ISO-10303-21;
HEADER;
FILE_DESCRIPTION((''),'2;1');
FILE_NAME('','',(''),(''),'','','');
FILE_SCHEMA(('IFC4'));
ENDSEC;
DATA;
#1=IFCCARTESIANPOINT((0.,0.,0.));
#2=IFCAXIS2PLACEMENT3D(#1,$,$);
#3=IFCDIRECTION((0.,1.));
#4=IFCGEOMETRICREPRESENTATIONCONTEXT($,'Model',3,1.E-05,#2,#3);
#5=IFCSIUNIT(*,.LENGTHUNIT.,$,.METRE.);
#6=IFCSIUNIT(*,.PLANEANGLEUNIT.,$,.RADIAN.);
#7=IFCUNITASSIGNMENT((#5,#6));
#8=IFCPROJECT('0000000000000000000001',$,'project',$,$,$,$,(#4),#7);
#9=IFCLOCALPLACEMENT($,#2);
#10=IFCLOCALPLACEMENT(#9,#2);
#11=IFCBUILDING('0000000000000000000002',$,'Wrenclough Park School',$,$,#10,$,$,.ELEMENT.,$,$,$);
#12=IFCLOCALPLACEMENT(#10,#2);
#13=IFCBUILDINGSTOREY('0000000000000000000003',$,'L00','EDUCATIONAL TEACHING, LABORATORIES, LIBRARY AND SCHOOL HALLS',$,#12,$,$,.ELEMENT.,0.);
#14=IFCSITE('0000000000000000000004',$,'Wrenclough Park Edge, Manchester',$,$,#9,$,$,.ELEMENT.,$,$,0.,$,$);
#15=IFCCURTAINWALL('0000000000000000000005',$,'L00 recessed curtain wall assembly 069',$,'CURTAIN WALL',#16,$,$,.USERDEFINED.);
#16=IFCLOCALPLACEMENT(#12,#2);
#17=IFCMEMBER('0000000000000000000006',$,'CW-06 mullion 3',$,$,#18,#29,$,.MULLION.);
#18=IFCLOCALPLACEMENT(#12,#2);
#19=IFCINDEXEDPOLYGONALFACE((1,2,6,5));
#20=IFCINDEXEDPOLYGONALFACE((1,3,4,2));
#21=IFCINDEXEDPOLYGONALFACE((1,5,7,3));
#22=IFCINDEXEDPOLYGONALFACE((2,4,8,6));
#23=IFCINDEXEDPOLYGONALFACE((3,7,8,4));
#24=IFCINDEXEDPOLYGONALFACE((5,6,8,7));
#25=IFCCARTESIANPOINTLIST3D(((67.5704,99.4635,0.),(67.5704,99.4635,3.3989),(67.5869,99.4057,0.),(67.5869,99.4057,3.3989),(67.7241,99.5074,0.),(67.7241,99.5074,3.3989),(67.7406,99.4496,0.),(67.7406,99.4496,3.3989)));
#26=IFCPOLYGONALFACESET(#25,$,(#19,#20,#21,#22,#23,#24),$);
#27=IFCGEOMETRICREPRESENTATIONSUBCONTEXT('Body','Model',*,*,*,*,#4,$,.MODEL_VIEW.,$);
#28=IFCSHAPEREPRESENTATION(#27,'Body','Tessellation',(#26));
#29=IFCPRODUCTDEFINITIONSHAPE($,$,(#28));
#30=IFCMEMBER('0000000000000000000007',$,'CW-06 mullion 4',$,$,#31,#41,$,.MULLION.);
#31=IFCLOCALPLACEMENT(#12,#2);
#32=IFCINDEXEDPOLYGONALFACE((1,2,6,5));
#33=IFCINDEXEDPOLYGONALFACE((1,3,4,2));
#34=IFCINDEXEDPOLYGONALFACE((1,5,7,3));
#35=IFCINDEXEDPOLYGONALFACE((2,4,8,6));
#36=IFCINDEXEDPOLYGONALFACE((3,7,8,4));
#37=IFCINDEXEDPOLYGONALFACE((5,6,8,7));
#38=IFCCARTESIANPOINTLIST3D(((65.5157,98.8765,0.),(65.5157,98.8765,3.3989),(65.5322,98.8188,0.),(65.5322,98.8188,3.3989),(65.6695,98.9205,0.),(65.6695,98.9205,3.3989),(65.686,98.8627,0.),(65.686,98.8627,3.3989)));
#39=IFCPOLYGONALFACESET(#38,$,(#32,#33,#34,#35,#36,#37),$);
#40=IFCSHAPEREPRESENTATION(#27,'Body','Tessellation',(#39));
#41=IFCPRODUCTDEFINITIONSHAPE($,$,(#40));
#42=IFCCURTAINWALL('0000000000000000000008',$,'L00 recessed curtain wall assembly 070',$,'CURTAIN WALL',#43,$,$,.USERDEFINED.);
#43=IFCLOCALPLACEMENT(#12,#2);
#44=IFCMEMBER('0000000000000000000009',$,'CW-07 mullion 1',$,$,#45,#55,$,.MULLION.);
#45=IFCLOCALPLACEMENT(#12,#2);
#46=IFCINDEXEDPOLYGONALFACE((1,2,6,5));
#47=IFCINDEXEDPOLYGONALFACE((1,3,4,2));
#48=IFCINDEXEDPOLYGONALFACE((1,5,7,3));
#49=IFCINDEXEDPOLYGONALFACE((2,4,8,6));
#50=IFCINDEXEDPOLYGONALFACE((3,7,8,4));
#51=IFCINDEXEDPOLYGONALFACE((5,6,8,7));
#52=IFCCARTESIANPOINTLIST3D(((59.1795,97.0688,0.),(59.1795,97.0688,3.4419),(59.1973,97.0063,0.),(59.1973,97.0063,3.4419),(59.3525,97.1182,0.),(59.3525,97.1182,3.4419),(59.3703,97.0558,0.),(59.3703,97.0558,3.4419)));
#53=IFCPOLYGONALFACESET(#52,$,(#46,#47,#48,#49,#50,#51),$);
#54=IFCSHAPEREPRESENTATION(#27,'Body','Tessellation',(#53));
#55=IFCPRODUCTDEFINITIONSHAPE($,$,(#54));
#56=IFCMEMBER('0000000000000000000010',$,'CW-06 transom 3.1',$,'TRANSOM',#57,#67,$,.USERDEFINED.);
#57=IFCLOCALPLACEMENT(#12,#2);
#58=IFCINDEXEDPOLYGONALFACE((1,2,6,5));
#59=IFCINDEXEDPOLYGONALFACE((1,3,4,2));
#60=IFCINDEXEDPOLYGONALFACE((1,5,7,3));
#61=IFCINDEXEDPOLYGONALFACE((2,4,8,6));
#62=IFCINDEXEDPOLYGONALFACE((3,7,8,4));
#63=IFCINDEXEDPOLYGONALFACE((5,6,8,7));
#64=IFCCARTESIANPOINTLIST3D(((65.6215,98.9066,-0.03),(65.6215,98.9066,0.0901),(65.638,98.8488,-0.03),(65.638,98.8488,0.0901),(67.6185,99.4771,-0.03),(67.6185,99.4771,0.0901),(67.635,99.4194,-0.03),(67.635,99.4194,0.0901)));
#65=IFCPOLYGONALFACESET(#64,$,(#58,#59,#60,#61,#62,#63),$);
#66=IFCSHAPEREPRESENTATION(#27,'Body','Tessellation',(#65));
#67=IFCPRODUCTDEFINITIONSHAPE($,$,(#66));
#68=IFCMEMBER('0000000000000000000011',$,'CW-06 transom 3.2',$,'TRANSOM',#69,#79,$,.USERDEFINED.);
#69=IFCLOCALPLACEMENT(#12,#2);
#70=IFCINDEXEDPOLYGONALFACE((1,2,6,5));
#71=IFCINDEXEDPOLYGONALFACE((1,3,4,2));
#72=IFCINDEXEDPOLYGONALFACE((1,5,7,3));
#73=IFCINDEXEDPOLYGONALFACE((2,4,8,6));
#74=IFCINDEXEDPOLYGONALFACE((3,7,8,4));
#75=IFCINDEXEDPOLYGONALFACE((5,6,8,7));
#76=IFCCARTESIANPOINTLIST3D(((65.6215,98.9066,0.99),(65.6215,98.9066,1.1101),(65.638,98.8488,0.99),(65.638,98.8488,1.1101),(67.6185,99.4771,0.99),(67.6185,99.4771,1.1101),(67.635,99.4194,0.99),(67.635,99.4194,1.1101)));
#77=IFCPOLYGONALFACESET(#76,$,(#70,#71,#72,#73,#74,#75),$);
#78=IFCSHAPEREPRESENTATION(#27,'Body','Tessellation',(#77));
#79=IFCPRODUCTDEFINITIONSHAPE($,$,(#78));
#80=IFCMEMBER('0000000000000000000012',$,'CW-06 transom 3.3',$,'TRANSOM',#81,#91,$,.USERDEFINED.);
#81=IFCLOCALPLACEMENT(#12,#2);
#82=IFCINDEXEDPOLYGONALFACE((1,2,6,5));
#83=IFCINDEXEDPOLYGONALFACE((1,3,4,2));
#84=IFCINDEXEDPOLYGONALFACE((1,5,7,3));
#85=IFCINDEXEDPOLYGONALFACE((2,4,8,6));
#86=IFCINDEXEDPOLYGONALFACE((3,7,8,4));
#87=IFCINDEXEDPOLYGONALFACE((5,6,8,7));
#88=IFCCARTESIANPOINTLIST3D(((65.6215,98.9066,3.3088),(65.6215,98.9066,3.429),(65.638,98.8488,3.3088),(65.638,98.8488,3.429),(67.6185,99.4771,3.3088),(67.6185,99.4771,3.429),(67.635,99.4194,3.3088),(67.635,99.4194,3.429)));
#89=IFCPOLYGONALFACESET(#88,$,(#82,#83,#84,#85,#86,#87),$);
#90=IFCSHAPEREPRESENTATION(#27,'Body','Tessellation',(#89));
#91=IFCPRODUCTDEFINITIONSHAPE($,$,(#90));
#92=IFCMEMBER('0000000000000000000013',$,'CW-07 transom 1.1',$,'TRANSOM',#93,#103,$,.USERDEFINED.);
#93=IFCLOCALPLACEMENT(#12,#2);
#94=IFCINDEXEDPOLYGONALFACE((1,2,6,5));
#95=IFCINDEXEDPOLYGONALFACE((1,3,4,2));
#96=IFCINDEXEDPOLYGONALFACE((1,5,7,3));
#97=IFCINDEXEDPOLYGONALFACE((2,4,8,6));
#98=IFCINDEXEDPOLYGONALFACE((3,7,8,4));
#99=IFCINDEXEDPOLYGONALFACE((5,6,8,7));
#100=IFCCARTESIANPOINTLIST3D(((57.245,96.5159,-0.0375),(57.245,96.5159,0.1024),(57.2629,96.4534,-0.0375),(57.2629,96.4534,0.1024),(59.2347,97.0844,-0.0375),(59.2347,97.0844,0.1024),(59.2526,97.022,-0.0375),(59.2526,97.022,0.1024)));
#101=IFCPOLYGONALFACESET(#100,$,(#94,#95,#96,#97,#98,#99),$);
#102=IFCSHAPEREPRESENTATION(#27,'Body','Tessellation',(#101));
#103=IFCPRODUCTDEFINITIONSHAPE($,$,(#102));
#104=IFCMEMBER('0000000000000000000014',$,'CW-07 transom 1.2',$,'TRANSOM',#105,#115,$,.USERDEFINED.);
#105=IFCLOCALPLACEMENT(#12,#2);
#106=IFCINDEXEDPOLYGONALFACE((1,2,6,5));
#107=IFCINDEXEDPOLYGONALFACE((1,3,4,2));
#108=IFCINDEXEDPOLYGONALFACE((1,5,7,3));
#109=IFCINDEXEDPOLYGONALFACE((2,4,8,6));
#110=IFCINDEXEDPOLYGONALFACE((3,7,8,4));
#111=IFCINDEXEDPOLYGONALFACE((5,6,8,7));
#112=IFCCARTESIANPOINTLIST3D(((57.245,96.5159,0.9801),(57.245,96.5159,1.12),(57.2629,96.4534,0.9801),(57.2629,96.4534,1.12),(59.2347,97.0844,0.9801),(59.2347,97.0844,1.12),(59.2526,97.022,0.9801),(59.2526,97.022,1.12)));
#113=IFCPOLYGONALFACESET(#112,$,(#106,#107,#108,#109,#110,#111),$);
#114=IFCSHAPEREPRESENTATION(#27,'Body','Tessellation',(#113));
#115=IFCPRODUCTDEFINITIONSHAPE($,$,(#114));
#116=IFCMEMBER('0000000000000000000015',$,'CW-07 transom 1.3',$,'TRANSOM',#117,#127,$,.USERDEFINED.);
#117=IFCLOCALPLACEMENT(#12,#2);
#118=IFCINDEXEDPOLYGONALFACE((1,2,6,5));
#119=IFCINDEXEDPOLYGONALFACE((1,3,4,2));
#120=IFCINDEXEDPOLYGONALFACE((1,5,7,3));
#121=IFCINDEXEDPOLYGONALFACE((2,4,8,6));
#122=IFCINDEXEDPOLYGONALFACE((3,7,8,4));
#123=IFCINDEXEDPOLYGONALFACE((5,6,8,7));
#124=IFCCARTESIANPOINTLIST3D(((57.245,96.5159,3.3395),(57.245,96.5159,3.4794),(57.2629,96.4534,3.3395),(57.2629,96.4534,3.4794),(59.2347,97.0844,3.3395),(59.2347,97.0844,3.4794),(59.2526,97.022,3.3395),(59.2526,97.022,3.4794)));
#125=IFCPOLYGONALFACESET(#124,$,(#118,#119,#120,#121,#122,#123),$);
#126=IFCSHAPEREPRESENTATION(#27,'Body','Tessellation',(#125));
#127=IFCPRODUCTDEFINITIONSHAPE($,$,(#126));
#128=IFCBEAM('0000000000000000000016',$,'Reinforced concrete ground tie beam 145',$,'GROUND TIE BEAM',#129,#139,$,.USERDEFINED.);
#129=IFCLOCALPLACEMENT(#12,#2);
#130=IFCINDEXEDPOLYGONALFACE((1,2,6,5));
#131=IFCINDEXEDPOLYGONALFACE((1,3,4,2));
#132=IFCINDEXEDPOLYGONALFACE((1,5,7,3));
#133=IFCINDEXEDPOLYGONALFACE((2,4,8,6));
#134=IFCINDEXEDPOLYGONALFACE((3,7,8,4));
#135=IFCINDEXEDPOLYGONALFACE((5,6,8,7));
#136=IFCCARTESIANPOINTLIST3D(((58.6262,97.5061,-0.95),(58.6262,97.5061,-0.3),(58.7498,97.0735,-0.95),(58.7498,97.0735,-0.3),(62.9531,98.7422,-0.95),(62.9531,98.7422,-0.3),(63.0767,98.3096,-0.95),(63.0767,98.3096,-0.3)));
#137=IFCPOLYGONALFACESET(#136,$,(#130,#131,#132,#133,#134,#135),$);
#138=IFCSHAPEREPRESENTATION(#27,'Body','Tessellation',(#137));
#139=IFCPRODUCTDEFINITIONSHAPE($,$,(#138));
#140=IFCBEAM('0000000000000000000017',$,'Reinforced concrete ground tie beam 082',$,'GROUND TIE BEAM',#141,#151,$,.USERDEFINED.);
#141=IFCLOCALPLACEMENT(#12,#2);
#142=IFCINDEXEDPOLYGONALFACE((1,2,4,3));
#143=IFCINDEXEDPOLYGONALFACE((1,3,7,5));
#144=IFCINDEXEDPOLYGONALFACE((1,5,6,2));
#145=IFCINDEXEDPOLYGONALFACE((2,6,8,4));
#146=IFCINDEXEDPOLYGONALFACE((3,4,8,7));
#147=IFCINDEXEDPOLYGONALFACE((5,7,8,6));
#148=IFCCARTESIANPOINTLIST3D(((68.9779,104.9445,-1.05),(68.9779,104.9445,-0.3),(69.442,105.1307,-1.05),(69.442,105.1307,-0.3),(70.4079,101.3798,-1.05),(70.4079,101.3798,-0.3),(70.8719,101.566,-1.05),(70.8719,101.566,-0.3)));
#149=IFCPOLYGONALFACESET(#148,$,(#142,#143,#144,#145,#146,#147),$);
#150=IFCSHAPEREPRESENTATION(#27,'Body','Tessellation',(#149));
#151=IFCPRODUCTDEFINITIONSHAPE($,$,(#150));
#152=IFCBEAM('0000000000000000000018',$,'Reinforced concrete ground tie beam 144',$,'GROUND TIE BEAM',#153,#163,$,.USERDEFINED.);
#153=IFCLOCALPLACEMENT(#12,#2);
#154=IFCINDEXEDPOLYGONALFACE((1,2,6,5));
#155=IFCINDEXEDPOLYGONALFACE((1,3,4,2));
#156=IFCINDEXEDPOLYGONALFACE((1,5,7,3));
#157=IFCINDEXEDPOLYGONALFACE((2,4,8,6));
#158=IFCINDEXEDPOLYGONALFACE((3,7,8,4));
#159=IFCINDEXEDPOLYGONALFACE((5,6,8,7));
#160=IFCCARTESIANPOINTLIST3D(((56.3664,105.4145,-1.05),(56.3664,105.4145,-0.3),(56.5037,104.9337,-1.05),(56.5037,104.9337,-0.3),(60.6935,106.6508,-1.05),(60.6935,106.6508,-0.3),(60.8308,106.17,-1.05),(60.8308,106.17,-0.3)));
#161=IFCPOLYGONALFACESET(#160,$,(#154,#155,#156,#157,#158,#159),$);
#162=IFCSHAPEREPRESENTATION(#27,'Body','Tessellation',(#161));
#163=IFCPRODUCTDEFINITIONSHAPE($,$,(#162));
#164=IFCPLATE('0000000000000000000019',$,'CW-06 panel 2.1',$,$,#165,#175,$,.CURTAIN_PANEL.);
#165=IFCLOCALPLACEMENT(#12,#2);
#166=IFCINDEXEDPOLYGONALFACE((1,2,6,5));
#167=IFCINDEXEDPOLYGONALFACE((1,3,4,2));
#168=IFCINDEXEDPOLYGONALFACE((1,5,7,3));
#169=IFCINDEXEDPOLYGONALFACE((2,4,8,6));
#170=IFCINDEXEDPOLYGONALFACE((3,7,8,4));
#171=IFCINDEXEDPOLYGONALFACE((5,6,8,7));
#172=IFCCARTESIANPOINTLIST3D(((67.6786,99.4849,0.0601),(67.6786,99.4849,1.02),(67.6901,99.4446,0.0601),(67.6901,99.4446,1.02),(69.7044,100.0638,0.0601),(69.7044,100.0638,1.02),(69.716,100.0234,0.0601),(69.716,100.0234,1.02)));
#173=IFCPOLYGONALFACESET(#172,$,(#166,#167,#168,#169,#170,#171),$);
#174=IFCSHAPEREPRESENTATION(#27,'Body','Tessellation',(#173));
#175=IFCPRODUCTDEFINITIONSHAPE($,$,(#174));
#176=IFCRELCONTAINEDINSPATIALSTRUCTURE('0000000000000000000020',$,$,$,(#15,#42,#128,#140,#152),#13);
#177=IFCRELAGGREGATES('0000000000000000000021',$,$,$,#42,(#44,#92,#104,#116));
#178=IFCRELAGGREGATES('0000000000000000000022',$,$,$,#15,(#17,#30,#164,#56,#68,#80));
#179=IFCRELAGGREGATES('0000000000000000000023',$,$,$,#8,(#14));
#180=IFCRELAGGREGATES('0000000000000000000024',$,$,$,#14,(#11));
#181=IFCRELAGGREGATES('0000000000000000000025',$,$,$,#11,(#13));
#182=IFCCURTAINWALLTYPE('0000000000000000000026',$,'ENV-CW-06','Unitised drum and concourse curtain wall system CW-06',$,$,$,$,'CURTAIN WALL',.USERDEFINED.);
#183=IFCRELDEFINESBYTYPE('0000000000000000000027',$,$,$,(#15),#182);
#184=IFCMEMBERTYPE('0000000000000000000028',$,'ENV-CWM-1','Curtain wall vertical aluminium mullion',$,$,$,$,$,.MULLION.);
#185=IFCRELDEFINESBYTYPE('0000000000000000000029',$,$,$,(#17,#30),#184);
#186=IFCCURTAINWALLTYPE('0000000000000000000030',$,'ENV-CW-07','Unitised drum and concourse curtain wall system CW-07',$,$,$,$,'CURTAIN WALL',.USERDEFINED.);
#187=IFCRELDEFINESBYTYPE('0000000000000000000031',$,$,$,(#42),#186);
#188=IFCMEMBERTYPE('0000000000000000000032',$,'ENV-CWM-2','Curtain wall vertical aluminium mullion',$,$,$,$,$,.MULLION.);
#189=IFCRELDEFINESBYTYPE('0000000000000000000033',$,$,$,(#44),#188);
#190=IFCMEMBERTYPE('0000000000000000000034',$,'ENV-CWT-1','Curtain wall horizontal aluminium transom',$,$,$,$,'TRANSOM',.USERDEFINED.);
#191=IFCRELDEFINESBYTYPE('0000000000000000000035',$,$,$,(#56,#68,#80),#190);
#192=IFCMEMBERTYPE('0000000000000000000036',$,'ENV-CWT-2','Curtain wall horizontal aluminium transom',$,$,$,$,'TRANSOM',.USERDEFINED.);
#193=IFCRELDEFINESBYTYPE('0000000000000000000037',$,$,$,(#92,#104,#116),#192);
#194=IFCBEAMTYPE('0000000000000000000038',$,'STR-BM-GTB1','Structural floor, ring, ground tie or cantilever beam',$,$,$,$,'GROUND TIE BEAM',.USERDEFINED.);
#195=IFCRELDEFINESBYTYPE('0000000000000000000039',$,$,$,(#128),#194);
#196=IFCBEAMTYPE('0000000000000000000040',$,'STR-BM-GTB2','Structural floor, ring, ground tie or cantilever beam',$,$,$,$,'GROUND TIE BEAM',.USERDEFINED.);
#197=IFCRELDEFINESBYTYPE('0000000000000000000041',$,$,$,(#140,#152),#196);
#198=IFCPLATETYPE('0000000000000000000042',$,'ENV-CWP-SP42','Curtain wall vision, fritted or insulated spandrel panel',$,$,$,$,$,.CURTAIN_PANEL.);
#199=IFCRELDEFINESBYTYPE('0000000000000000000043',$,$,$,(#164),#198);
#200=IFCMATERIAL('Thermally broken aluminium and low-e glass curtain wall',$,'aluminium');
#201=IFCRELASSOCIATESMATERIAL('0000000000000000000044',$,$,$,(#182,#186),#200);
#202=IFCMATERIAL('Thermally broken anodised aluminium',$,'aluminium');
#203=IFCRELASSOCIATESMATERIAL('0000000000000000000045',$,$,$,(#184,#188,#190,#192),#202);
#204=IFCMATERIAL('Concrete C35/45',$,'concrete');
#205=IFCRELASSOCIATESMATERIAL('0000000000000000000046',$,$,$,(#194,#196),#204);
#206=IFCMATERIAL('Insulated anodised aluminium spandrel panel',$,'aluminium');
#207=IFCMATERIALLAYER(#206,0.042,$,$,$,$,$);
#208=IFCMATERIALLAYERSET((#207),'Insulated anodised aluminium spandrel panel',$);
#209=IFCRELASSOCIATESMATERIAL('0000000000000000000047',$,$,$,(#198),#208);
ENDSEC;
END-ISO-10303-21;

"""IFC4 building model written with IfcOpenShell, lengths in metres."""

from ifc_helpers import new_model, si_unit, direction, frame, origin, origin_2d, place, context, subcontext, project, spatial, rectangle, extrude, material, layer, layer_set, material_profile, profile_set, type_object, element, aggregate, save


model = new_model("IFC4")

# Units and contexts
model_context = context("Model", 3, precision=1e-05, world=origin(), true_north=direction((0.0, 1.0)))
body_context = subcontext(model_context, "Body", "Model", "MODEL_VIEW")
ifc_project = project(units=[si_unit("LENGTHUNIT", "METRE"), si_unit("PLANEANGLEUNIT", "RADIAN")], contexts=[model_context])

# Site, building, storey
site_placement = place(None, origin())
site = spatial("IfcSite", under=ifc_project, at=site_placement, Name="Wrenclough Park Edge, Manchester", CompositionType="ELEMENT", RefElevation=0.0)
building_placement = place(site_placement, origin())
building = spatial("IfcBuilding", under=site, at=building_placement, Name="Wrenclough Park School", CompositionType="ELEMENT")
storey_placement = place(building_placement, origin())
storey = spatial("IfcBuildingStorey", under=building, at=storey_placement, Name="L00", Description="EDUCATIONAL TEACHING, LABORATORIES, LIBRARY AND SCHOOL HALLS", CompositionType="ELEMENT", Elevation=0.0)

# Shared definitions
ifc_material_1 = material(Name="Concrete C35/45", Category="concrete")

# Curtain wall, members
ifc_material_2 = material(Name="Thermally broken aluminium and low-e glass curtain wall", Category="aluminium")
curtain_wall_type_1 = type_object("IfcCurtainWallType", Name="ENV-CW-06", Description="Unitised drum and concourse curtain wall system CW-06", ElementType="CURTAIN WALL", PredefinedType="USERDEFINED", material=ifc_material_2)
curtain_wall_1_placement = place(storey_placement, origin())
curtain_wall_1 = element("IfcCurtainWall", 1, at=curtain_wall_1_placement, inside=storey, type_object=curtain_wall_type_1, Name="L00 recessed curtain wall assembly 069", ObjectType="CURTAIN WALL", PredefinedType="USERDEFINED")
ifc_material_3 = material(Name="Thermally broken anodised aluminium", Category="aluminium")
ifc_material_profile_1 = material_profile(ifc_material_3, rectangle(XDim=0.0601, YDim=0.1599, at=origin_2d()), Name="AL MULLION 60x160")
ifc_profile_set_1 = profile_set([ifc_material_profile_1], Name="Thermally broken anodised aluminium")
member_type_1 = type_object("IfcMemberType", Name="ENV-CWM-1", Description="Curtain wall vertical aluminium mullion", PredefinedType="MULLION", material=ifc_profile_set_1)
member_1_placement = place(storey_placement, frame((67.6555, 99.4565, 0.0), z_axis=(0.0, 0.0, 1.0), x_axis=(0.274723, -0.961523, 0.0)))
member_1 = element("IfcMember", 2, at=member_1_placement, type_object=member_type_1, Name="CW-06 mullion 3", PredefinedType="MULLION", context=body_context, shape_type="SweptSolid", body=[
    extrude(rectangle(XDim=0.0601, YDim=0.1599, at=origin_2d()), origin(), (0.0, 0.0, 1.0), 3.3989),
])
member_2_placement = place(storey_placement, frame((65.6008, 98.8696, 0.0), z_axis=(0.0, 0.0, 1.0), x_axis=(0.274723, -0.961523, 0.0)))
member_2 = element("IfcMember", 3, at=member_2_placement, type_object=member_type_1, Name="CW-06 mullion 4", PredefinedType="MULLION", context=body_context, shape_type="SweptSolid", body=[
    extrude(rectangle(XDim=0.0601, YDim=0.1599, at=origin_2d()), origin(), (0.0, 0.0, 1.0), 3.3989),
])

# Curtain wall, member
curtain_wall_type_2 = type_object("IfcCurtainWallType", Name="ENV-CW-07", Description="Unitised drum and concourse curtain wall system CW-07", ElementType="CURTAIN WALL", PredefinedType="USERDEFINED", material=ifc_material_2)
curtain_wall_2_placement = place(storey_placement, origin())
curtain_wall_2 = element("IfcCurtainWall", 4, at=curtain_wall_2_placement, inside=storey, type_object=curtain_wall_type_2, Name="L00 recessed curtain wall assembly 070", ObjectType="CURTAIN WALL", PredefinedType="USERDEFINED")
ifc_material_profile_2 = material_profile(ifc_material_3, rectangle(XDim=0.0649, YDim=0.1799, at=origin_2d()), Name="AL MULLION 65x180")
ifc_profile_set_2 = profile_set([ifc_material_profile_2], Name="Thermally broken anodised aluminium")
member_type_2 = type_object("IfcMemberType", Name="ENV-CWM-2", Description="Curtain wall vertical aluminium mullion", PredefinedType="MULLION", material=ifc_profile_set_2)
member_3_placement = place(storey_placement, frame((59.2749, 97.0623, 0.0), z_axis=(0.0, 0.0, 1.0), x_axis=(0.274723, -0.961523, 0.0)))
member_3 = element("IfcMember", 5, at=member_3_placement, type_object=member_type_2, Name="CW-07 mullion 1", PredefinedType="MULLION", context=body_context, shape_type="SweptSolid", body=[
    extrude(rectangle(XDim=0.0649, YDim=0.1799, at=origin_2d()), origin(), (0.0, 0.0, 1.0), 3.4419),
])

# Members
ifc_material_profile_3 = material_profile(ifc_material_3, rectangle(XDim=0.0601, YDim=0.1201, at=origin_2d()), Name="AL TRANSOM 60x120")
ifc_profile_set_3 = profile_set([ifc_material_profile_3], Name="Thermally broken anodised aluminium")
member_type_3 = type_object("IfcMemberType", Name="ENV-CWT-1", Description="Curtain wall horizontal aluminium transom", ElementType="TRANSOM", PredefinedType="USERDEFINED", material=ifc_profile_set_3)
member_4_placement = place(storey_placement, frame((67.6267, 99.4482, 0.03), z_axis=(-0.961528, -0.274706, 0.0), x_axis=(0.274706, -0.961528, 0.0)))
member_4 = element("IfcMember", 6, at=member_4_placement, type_object=member_type_3, Name="CW-06 transom 3.1", ObjectType="TRANSOM", PredefinedType="USERDEFINED", context=body_context, shape_type="SweptSolid", body=[
    extrude(rectangle(XDim=0.0601, YDim=0.1201, at=origin_2d()), origin(), (0.0, 0.0, 1.0), 2.0769),
])
member_5_placement = place(storey_placement, frame((67.6267, 99.4482, 1.05), z_axis=(-0.961528, -0.274706, 0.0), x_axis=(0.274706, -0.961528, 0.0)))
member_5 = element("IfcMember", 7, at=member_5_placement, type_object=member_type_3, Name="CW-06 transom 3.2", ObjectType="TRANSOM", PredefinedType="USERDEFINED", context=body_context, shape_type="SweptSolid", body=[
    extrude(rectangle(XDim=0.0601, YDim=0.1201, at=origin_2d()), origin(), (0.0, 0.0, 1.0), 2.0769),
])
member_6_placement = place(storey_placement, frame((67.6267, 99.4482, 3.3689), z_axis=(-0.961528, -0.274706, 0.0), x_axis=(0.274706, -0.961528, 0.0)))
member_6 = element("IfcMember", 8, at=member_6_placement, type_object=member_type_3, Name="CW-06 transom 3.3", ObjectType="TRANSOM", PredefinedType="USERDEFINED", context=body_context, shape_type="SweptSolid", body=[
    extrude(rectangle(XDim=0.0601, YDim=0.1201, at=origin_2d()), origin(), (0.0, 0.0, 1.0), 2.0769),
])
ifc_material_profile_4 = material_profile(ifc_material_3, rectangle(XDim=0.0649, YDim=0.1399, at=origin_2d()), Name="AL TRANSOM 65x140")
ifc_profile_set_4 = profile_set([ifc_material_profile_4], Name="Thermally broken anodised aluminium")
member_type_4 = type_object("IfcMemberType", Name="ENV-CWT-2", Description="Curtain wall horizontal aluminium transom", ElementType="TRANSOM", PredefinedType="USERDEFINED", material=ifc_profile_set_4)
member_7_placement = place(storey_placement, frame((59.2437, 97.0532, 0.0325), z_axis=(-0.961511, -0.274768, 0.0), x_axis=(0.274768, -0.961511, 0.0)))
member_7 = element("IfcMember", 9, at=member_7_placement, type_object=member_type_4, Name="CW-07 transom 1.1", ObjectType="TRANSOM", PredefinedType="USERDEFINED", context=body_context, shape_type="SweptSolid", body=[
    extrude(rectangle(XDim=0.0649, YDim=0.1399, at=origin_2d()), origin(), (0.0, 0.0, 1.0), 2.0693),
])
member_8_placement = place(storey_placement, frame((59.2437, 97.0532, 1.05), z_axis=(-0.961511, -0.274768, 0.0), x_axis=(0.274768, -0.961511, 0.0)))
member_8 = element("IfcMember", 10, at=member_8_placement, type_object=member_type_4, Name="CW-07 transom 1.2", ObjectType="TRANSOM", PredefinedType="USERDEFINED", context=body_context, shape_type="SweptSolid", body=[
    extrude(rectangle(XDim=0.0649, YDim=0.1399, at=origin_2d()), origin(), (0.0, 0.0, 1.0), 2.0693),
])
member_9_placement = place(storey_placement, frame((59.2437, 97.0532, 3.4094), z_axis=(-0.961511, -0.274768, 0.0), x_axis=(0.274768, -0.961511, 0.0)))
member_9 = element("IfcMember", 11, at=member_9_placement, type_object=member_type_4, Name="CW-07 transom 1.3", ObjectType="TRANSOM", PredefinedType="USERDEFINED", context=body_context, shape_type="SweptSolid", body=[
    extrude(rectangle(XDim=0.0649, YDim=0.1399, at=origin_2d()), origin(), (0.0, 0.0, 1.0), 2.0693),
])
aggregate(curtain_wall_2, [member_3, member_7, member_8, member_9])

# Beams
ifc_material_profile_5 = material_profile(ifc_material_1, rectangle(XDim=0.45, YDim=0.6499, at=origin_2d()), Name="RC GROUND 450x650")
ifc_profile_set_5 = profile_set([ifc_material_profile_5], Name="Concrete C35/45")
beam_type_1 = type_object("IfcBeamType", Name="STR-BM-GTB1", Description="Structural floor, ring, ground tie or cantilever beam", ElementType="GROUND TIE BEAM", PredefinedType="USERDEFINED", material=ifc_profile_set_5)
beam_1_placement = place(storey_placement, frame((58.688, 97.2898, -0.625), z_axis=(0.961534, 0.274685, 0.0), x_axis=(-0.274685, 0.961534, 0.0)))
element("IfcBeam", 12, at=beam_1_placement, inside=storey, type_object=beam_type_1, Name="Reinforced concrete ground tie beam 145", ObjectType="GROUND TIE BEAM", PredefinedType="USERDEFINED", context=body_context, shape_type="SweptSolid", body=[
    extrude(rectangle(XDim=0.45, YDim=0.6499, at=origin_2d()), origin(), (0.0, 0.0, 1.0), 4.5),
])
ifc_material_profile_6 = material_profile(ifc_material_1, rectangle(XDim=0.5, YDim=0.75, at=origin_2d()), Name="RC GROUND 500x750")
ifc_profile_set_6 = profile_set([ifc_material_profile_6], Name="Concrete C35/45")
beam_type_2 = type_object("IfcBeamType", Name="STR-BM-GTB2", Description="Structural floor, ring, ground tie or cantilever beam", ElementType="GROUND TIE BEAM", PredefinedType="USERDEFINED", material=ifc_profile_set_6)
beam_2_placement = place(storey_placement, frame((69.21, 105.0376, -0.675), z_axis=(0.3723, -0.928112, 0.0), x_axis=(0.928112, 0.3723, 0.0)))
element("IfcBeam", 13, at=beam_2_placement, inside=storey, type_object=beam_type_2, Name="Reinforced concrete ground tie beam 082", ObjectType="GROUND TIE BEAM", PredefinedType="USERDEFINED", context=body_context, shape_type="SweptSolid", body=[
    extrude(rectangle(XDim=0.5, YDim=0.75, at=origin_2d()), origin(), (0.0, 0.0, 1.0), 3.8408),
])
beam_3_placement = place(storey_placement, frame((56.4351, 105.1741, -0.675), z_axis=(0.961524, 0.274721, 0.0), x_axis=(-0.274721, 0.961524, 0.0)))
element("IfcBeam", 14, at=beam_3_placement, inside=storey, type_object=beam_type_2, Name="Reinforced concrete ground tie beam 144", ObjectType="GROUND TIE BEAM", PredefinedType="USERDEFINED", context=body_context, shape_type="SweptSolid", body=[
    extrude(rectangle(XDim=0.5, YDim=0.75, at=origin_2d()), origin(), (0.0, 0.0, 1.0), 4.5002),
])

# Plate
ifc_material_4 = material(Name="Insulated anodised aluminium spandrel panel", Category="aluminium")
ifc_layer_1 = layer(ifc_material_4, 0.042)
ifc_layer_set_1 = layer_set([ifc_layer_1], Name="Insulated anodised aluminium spandrel panel")
plate_type_1 = type_object("IfcPlateType", Name="ENV-CWP-SP42", Description="Curtain wall vision, fritted or insulated spandrel panel", PredefinedType="CURTAIN_PANEL", material=ifc_layer_set_1)
plate_1_placement = place(storey_placement, frame((68.6973, 99.7542, 0.0601), z_axis=(0.0, 0.0, 1.0), x_axis=(-0.961523, -0.274723, 0.0)))
plate_1 = element("IfcPlate", 15, at=plate_1_placement, type_object=plate_type_1, Name="CW-06 panel 2.1", PredefinedType="CURTAIN_PANEL", context=body_context, shape_type="SweptSolid", body=[
    extrude(rectangle(XDim=2.1069, YDim=0.042, at=origin_2d()), origin(), (0.0, 0.0, 1.0), 0.96),
])
aggregate(curtain_wall_1, [member_1, member_2, plate_1, member_4, member_5, member_6])

save(model, "model.ifc")
